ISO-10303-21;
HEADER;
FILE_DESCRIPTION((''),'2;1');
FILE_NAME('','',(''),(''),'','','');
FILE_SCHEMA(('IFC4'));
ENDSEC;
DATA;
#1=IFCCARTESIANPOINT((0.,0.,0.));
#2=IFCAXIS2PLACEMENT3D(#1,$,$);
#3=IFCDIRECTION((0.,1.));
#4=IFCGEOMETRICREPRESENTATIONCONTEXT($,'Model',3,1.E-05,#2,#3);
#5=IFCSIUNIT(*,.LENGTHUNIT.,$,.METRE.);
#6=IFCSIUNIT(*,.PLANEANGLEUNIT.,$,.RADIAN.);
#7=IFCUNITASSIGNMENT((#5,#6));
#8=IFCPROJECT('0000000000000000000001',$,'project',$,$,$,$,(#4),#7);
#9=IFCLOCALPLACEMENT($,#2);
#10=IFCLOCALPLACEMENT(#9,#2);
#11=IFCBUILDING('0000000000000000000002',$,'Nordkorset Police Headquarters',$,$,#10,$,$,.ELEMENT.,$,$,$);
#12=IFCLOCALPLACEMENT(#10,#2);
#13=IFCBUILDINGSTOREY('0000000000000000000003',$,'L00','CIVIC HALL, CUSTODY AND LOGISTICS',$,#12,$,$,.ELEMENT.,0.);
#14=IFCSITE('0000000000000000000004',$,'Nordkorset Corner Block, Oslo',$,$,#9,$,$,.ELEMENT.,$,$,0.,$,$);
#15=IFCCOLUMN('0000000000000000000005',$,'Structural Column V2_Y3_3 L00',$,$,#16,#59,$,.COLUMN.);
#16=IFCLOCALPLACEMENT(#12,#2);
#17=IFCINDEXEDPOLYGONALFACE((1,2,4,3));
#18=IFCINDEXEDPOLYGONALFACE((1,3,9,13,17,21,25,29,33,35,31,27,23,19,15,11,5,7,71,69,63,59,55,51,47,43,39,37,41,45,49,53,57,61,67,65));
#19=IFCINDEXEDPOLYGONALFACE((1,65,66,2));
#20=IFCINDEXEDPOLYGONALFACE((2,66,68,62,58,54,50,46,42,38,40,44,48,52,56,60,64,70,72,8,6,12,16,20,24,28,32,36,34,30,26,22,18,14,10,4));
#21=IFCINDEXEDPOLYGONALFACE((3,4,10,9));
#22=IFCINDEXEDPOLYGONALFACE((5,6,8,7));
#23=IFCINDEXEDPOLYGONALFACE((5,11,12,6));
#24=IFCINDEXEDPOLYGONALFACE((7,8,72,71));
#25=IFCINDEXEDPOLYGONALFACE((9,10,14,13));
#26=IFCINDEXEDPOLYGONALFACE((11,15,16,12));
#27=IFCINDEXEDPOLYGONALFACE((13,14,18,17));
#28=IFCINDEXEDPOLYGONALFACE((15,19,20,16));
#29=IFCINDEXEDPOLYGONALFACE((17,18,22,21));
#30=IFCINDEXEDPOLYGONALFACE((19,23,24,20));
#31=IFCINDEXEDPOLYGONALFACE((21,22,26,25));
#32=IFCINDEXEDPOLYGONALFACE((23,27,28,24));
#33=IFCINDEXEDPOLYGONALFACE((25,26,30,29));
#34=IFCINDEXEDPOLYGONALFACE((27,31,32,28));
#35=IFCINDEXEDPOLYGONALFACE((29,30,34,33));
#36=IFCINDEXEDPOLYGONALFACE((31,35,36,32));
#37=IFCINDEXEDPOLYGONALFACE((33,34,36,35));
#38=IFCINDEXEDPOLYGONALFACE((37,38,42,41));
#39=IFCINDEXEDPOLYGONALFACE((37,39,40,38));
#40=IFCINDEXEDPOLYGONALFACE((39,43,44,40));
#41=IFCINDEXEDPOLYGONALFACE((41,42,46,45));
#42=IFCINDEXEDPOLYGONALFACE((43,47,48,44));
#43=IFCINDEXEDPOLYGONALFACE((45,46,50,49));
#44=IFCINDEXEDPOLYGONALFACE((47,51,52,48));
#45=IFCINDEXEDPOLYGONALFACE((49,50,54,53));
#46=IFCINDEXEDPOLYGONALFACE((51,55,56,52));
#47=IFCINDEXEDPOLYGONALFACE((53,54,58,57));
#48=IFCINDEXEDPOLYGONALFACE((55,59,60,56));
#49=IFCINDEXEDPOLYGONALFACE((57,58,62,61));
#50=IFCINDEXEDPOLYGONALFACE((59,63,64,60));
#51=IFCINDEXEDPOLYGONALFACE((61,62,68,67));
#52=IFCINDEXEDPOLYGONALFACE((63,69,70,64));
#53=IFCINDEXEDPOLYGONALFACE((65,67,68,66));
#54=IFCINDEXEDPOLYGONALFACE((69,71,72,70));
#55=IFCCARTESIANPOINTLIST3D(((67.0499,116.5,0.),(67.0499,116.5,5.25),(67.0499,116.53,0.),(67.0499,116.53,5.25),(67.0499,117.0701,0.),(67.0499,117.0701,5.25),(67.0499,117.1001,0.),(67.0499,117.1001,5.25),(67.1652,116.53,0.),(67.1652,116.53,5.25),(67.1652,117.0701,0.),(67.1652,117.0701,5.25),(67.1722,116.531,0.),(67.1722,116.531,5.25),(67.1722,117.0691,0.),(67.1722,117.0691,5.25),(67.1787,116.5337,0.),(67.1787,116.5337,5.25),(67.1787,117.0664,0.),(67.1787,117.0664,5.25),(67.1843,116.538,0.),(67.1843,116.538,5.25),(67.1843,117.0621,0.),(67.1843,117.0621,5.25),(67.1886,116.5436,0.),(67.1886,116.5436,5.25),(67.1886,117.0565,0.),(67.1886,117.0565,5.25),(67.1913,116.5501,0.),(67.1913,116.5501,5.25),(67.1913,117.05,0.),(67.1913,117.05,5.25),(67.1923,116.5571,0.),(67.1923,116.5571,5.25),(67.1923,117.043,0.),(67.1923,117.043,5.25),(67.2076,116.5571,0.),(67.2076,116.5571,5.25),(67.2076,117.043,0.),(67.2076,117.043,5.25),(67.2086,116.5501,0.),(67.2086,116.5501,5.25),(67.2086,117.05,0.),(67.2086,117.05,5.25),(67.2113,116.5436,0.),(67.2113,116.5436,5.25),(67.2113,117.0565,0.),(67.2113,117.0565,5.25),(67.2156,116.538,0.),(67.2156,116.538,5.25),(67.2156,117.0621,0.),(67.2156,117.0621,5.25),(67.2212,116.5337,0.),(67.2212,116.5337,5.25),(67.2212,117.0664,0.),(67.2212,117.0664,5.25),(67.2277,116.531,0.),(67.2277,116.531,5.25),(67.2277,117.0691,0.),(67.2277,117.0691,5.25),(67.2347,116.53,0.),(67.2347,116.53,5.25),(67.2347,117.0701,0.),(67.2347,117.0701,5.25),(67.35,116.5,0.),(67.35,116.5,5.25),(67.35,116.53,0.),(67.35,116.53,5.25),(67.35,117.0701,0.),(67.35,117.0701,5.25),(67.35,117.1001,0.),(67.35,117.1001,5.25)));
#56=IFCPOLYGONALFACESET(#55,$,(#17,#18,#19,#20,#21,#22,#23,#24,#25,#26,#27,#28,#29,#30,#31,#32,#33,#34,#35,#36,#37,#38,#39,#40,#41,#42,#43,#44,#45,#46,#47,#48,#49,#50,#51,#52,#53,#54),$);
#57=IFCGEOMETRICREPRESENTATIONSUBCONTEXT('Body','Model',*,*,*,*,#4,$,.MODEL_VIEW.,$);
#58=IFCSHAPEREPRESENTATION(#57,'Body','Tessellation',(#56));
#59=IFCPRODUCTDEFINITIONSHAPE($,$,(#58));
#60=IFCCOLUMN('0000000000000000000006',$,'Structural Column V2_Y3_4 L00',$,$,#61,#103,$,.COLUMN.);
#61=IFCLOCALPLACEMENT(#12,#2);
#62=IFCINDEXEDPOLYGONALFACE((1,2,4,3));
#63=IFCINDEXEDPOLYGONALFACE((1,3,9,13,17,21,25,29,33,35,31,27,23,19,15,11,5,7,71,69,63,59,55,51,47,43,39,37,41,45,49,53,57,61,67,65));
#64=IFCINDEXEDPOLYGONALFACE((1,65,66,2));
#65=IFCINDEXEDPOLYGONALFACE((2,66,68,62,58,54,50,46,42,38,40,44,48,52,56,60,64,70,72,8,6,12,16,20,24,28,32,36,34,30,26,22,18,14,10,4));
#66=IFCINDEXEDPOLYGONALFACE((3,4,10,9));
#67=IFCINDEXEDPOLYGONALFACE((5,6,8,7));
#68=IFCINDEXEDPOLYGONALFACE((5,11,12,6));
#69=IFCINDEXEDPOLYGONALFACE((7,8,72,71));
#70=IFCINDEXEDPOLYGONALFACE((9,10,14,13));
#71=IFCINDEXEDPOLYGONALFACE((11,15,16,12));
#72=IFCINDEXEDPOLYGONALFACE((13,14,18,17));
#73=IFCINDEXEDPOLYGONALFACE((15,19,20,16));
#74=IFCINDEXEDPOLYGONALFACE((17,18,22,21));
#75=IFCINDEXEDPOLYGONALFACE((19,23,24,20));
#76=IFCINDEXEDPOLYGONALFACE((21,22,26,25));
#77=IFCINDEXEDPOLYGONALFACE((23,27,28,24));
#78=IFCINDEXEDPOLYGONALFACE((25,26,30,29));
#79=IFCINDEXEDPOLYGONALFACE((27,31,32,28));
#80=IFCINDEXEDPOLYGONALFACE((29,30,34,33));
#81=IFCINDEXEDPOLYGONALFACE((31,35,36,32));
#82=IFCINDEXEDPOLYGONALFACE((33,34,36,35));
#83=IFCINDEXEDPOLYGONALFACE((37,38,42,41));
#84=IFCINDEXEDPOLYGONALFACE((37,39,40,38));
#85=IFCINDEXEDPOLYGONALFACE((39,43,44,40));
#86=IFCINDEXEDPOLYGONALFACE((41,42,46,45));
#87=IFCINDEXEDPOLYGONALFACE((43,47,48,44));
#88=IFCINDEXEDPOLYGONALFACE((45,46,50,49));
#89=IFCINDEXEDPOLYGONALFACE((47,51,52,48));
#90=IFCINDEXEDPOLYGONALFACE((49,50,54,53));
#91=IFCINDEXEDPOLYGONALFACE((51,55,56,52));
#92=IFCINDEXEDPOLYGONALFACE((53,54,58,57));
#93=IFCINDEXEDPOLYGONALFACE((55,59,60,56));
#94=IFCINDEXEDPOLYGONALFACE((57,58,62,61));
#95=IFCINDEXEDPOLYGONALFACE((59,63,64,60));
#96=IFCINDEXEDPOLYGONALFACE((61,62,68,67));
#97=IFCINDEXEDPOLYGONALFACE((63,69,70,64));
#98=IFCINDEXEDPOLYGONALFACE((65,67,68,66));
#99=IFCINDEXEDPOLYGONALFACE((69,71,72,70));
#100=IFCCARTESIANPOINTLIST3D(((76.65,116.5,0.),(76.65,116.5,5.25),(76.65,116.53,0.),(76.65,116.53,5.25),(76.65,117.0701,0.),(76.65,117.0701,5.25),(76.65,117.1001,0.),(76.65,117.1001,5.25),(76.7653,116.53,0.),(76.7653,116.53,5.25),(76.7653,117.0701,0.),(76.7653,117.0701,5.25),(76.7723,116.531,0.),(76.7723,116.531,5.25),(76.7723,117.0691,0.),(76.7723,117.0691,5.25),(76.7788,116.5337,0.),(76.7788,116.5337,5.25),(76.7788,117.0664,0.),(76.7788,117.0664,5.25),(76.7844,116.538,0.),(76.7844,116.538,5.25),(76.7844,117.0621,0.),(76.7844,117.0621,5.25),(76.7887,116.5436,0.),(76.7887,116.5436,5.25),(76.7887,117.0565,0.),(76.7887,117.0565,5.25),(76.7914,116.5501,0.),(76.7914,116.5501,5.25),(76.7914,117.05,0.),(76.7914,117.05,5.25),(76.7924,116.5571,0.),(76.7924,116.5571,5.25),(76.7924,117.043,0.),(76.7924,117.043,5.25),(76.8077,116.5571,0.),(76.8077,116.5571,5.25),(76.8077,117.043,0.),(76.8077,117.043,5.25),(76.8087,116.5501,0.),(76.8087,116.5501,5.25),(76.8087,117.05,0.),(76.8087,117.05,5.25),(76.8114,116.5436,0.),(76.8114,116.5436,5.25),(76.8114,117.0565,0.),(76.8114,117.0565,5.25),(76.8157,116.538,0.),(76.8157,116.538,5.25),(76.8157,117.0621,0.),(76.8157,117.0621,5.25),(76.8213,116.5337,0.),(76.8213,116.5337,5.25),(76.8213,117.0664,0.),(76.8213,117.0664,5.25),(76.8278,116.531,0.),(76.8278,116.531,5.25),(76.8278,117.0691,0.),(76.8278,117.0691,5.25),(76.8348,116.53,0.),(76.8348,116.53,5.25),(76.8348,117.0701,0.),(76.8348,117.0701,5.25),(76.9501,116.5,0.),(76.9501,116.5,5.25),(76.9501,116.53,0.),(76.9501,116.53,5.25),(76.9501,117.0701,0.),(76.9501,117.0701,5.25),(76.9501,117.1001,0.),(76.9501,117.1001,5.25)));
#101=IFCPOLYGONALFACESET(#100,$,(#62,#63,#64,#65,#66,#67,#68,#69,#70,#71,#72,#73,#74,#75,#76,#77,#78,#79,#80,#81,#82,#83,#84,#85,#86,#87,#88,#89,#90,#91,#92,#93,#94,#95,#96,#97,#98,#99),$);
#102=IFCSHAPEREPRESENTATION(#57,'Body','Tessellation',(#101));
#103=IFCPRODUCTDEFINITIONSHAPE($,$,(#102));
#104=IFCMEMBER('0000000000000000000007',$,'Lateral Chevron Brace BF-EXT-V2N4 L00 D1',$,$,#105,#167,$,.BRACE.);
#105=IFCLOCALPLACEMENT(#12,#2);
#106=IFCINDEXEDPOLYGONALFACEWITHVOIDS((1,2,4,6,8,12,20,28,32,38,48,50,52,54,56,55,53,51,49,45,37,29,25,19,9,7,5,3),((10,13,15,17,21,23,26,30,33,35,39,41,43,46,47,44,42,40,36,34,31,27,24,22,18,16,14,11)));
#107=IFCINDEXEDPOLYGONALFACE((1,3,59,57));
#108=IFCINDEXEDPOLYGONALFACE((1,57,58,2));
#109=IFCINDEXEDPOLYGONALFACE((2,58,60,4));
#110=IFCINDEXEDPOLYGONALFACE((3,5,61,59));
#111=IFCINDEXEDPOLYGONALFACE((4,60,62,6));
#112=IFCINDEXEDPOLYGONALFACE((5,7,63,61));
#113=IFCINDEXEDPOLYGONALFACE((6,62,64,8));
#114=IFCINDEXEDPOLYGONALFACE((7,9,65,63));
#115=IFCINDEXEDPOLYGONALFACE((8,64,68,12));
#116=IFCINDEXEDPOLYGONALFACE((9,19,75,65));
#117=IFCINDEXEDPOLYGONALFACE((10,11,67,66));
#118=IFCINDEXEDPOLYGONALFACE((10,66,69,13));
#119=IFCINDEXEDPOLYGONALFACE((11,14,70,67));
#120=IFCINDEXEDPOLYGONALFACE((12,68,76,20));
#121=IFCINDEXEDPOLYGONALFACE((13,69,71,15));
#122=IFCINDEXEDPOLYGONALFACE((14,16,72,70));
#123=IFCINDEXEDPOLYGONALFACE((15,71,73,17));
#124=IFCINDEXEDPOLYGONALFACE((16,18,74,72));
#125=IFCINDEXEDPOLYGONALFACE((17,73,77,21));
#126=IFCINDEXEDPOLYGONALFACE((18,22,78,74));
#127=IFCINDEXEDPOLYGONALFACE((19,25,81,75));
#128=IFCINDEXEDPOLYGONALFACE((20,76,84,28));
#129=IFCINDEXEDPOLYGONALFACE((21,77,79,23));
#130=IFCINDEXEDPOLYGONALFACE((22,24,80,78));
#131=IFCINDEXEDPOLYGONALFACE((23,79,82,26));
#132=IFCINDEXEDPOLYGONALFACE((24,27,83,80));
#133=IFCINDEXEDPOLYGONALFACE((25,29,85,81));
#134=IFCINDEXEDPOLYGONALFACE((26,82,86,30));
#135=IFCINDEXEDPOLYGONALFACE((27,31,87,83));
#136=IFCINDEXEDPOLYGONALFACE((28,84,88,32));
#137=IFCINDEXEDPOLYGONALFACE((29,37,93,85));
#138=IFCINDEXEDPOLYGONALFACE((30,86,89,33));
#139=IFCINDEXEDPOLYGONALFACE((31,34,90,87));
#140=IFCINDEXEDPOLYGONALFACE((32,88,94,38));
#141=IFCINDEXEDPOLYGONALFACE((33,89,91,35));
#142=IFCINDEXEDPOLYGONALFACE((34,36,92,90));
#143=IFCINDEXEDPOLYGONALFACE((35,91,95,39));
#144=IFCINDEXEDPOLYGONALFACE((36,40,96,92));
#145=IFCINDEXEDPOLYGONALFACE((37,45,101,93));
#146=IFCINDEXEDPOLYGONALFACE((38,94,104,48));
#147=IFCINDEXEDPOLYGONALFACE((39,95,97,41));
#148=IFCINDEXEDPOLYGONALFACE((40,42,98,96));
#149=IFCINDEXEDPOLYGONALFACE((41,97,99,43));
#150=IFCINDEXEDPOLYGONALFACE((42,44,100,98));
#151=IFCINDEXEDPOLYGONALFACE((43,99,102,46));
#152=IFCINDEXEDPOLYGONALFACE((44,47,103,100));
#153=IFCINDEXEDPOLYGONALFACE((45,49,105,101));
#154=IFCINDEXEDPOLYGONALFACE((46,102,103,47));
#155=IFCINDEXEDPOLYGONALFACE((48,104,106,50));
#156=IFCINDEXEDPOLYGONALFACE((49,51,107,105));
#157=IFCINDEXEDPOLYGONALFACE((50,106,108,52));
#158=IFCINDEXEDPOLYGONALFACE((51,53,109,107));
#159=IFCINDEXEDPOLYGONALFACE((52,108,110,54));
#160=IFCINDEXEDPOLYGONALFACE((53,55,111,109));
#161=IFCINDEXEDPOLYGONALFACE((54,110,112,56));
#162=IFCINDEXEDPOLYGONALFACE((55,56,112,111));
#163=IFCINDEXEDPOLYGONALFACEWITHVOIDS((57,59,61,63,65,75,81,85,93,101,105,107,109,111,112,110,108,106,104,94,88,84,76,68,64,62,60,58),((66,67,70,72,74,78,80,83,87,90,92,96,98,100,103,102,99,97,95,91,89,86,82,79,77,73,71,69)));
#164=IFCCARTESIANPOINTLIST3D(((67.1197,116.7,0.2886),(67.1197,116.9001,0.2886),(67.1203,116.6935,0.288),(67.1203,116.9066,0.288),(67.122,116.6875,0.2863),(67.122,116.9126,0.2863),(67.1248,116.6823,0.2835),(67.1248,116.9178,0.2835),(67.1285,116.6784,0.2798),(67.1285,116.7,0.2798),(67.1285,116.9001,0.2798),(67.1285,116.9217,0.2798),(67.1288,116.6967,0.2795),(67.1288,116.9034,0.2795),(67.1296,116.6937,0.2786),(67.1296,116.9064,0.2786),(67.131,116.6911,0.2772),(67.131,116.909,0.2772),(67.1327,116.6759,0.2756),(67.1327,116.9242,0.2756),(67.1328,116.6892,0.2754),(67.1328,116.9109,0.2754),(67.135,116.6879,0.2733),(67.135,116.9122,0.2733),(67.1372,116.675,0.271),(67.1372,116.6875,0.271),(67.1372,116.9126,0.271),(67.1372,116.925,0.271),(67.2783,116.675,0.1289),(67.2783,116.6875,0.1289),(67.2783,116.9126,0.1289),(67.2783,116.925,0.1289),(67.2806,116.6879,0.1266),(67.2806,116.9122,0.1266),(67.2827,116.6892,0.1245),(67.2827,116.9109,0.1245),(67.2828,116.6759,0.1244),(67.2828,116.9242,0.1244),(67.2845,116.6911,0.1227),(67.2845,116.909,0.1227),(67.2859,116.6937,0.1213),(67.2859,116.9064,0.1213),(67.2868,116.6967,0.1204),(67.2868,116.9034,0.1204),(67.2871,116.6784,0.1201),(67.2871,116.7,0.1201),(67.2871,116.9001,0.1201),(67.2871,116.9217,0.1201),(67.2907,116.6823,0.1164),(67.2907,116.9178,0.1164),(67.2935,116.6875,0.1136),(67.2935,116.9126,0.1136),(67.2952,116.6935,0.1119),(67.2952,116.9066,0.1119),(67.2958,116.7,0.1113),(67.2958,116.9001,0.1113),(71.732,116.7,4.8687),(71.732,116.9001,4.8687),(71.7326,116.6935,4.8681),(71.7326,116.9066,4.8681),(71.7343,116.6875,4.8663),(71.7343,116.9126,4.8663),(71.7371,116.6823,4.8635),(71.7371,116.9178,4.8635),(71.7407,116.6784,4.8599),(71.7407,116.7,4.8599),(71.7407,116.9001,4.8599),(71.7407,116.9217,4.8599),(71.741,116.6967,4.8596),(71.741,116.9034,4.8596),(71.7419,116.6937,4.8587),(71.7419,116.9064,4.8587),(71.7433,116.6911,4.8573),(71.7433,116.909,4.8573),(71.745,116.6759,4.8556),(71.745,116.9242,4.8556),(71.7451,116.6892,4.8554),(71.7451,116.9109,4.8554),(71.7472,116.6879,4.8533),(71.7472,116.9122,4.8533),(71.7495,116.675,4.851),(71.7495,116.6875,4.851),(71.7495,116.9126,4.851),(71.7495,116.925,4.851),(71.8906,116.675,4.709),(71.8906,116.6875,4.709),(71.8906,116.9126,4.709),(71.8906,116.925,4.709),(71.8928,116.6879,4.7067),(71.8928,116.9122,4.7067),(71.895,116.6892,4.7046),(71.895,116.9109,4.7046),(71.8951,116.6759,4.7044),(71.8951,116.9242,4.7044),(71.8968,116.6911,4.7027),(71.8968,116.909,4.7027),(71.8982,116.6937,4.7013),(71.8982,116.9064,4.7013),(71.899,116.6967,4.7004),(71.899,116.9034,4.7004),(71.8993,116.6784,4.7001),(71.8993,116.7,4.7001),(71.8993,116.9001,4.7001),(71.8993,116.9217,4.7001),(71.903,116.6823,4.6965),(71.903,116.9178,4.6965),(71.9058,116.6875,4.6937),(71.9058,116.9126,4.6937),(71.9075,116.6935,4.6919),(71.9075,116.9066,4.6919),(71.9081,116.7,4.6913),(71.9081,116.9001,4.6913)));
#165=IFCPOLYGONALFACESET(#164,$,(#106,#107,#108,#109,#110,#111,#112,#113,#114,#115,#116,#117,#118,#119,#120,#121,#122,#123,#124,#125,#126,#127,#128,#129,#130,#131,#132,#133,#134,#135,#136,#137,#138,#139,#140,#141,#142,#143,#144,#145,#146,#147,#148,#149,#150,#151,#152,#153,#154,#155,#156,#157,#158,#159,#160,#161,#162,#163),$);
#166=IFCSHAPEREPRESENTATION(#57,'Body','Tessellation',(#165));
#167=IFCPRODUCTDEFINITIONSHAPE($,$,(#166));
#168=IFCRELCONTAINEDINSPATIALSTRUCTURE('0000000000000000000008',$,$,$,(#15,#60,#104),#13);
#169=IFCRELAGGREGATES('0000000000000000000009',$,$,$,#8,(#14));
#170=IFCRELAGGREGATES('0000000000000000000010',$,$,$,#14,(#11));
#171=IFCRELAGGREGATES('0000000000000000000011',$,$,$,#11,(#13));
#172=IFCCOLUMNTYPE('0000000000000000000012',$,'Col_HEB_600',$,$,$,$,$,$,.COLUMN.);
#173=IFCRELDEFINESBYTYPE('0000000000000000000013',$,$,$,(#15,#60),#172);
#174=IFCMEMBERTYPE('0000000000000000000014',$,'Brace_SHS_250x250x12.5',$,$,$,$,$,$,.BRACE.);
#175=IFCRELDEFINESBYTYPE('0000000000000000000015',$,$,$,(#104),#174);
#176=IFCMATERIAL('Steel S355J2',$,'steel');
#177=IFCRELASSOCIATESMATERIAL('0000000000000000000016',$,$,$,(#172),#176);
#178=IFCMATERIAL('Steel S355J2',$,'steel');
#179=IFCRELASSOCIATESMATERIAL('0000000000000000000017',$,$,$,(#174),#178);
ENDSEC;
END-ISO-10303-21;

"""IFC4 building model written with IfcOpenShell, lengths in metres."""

from ifc_helpers import new_model, si_unit, direction, frame, origin, origin_2d, place, context, subcontext, project, spatial, hollow_rectangle, i_section, extrude, material, material_profile, profile_set, type_object, element, save


model = new_model("IFC4")

# Units and contexts
model_context = context("Model", 3, precision=1e-05, world=origin(), true_north=direction((0.0, 1.0)))
body_context = subcontext(model_context, "Body", "Model", "MODEL_VIEW")
ifc_project = project(units=[si_unit("LENGTHUNIT", "METRE"), si_unit("PLANEANGLEUNIT", "RADIAN")], contexts=[model_context])

# Site, building, storey
site_placement = place(None, origin())
site = spatial("IfcSite", under=ifc_project, at=site_placement, Name="Nordkorset Corner Block, Oslo", CompositionType="ELEMENT", RefElevation=0.0)
building_placement = place(site_placement, origin())
building = spatial("IfcBuilding", under=site, at=building_placement, Name="Nordkorset Police Headquarters", CompositionType="ELEMENT")
storey_placement = place(building_placement, origin())
storey = spatial("IfcBuildingStorey", under=building, at=storey_placement, Name="L00", Description="CIVIC HALL, CUSTODY AND LOGISTICS", CompositionType="ELEMENT", Elevation=0.0)

# Columns
ifc_material_1 = material(Name="Steel S355J2", Category="steel")
ifc_material_profile_1 = material_profile(ifc_material_1, i_section(OverallWidth=0.3, OverallDepth=0.6001, WebThickness=0.0154, FlangeThickness=0.03, FilletRadius=0.0271, at=origin_2d()), Name="HEB 600")
ifc_profile_set_1 = profile_set([ifc_material_profile_1], Name="Steel S355J2")
column_type = type_object("IfcColumnType", Name="Col_HEB_600", PredefinedType="COLUMN", material=ifc_profile_set_1)
for number, where, z_axis, x_axis, name in (
    (1, (67.2, 116.8, 0.0), (0.0, 0.0, 1.0), (1.0, 0.0, 0.0), "Structural Column V2_Y3_3 L00"),
    (2, (76.8, 116.8, 0.0), (0.0, 0.0, 1.0), (1.0, 0.0, 0.0), "Structural Column V2_Y3_4 L00"),
):
    element("IfcColumn", number, at=place(storey_placement, frame(where, z_axis=z_axis, x_axis=x_axis)), inside=storey, type_object=column_type, Name=name, PredefinedType="COLUMN", context=body_context, shape_type="SweptSolid", body=[
        extrude(i_section(OverallWidth=0.3, OverallDepth=0.6001, WebThickness=0.0154, FlangeThickness=0.03, FilletRadius=0.0271, at=origin_2d()), origin(), (0.0, 0.0, 1.0), 5.25),
    ])

# Member
ifc_material_2 = material(Name="Steel S355J2", Category="steel")
ifc_material_profile_2 = material_profile(ifc_material_2, hollow_rectangle(XDim=0.25, YDim=0.25, WallThickness=0.0125, InnerFilletRadius=0.0125, OuterFilletRadius=0.0249, at=origin_2d()), Name="SHS 250x250x12.5")
ifc_profile_set_2 = profile_set([ifc_material_profile_2], Name="Steel S355J2")
member_type_1 = type_object("IfcMemberType", Name="Brace_SHS_250x250x12.5", PredefinedType="BRACE", material=ifc_profile_set_2)
for number, where, z_axis, x_axis, name in (
    (3, (67.2078, 116.8, 0.2), (0.709581, 0.0, 0.704623), (0.0, 1.0, 0.0), "Lateral Chevron Brace BF-EXT-V2N4 L00 D1"),
):
    element("IfcMember", number, at=place(storey_placement, frame(where, z_axis=z_axis, x_axis=x_axis)), inside=storey, type_object=member_type_1, Name=name, PredefinedType="BRACE", context=body_context, shape_type="SweptSolid", body=[
        extrude(hollow_rectangle(XDim=0.25, YDim=0.25, WallThickness=0.0125, InnerFilletRadius=0.0125, OuterFilletRadius=0.0249, at=origin_2d()), origin(), (0.0, 0.0, 1.0), 6.5),
    ])

save(model, "model.ifc")
